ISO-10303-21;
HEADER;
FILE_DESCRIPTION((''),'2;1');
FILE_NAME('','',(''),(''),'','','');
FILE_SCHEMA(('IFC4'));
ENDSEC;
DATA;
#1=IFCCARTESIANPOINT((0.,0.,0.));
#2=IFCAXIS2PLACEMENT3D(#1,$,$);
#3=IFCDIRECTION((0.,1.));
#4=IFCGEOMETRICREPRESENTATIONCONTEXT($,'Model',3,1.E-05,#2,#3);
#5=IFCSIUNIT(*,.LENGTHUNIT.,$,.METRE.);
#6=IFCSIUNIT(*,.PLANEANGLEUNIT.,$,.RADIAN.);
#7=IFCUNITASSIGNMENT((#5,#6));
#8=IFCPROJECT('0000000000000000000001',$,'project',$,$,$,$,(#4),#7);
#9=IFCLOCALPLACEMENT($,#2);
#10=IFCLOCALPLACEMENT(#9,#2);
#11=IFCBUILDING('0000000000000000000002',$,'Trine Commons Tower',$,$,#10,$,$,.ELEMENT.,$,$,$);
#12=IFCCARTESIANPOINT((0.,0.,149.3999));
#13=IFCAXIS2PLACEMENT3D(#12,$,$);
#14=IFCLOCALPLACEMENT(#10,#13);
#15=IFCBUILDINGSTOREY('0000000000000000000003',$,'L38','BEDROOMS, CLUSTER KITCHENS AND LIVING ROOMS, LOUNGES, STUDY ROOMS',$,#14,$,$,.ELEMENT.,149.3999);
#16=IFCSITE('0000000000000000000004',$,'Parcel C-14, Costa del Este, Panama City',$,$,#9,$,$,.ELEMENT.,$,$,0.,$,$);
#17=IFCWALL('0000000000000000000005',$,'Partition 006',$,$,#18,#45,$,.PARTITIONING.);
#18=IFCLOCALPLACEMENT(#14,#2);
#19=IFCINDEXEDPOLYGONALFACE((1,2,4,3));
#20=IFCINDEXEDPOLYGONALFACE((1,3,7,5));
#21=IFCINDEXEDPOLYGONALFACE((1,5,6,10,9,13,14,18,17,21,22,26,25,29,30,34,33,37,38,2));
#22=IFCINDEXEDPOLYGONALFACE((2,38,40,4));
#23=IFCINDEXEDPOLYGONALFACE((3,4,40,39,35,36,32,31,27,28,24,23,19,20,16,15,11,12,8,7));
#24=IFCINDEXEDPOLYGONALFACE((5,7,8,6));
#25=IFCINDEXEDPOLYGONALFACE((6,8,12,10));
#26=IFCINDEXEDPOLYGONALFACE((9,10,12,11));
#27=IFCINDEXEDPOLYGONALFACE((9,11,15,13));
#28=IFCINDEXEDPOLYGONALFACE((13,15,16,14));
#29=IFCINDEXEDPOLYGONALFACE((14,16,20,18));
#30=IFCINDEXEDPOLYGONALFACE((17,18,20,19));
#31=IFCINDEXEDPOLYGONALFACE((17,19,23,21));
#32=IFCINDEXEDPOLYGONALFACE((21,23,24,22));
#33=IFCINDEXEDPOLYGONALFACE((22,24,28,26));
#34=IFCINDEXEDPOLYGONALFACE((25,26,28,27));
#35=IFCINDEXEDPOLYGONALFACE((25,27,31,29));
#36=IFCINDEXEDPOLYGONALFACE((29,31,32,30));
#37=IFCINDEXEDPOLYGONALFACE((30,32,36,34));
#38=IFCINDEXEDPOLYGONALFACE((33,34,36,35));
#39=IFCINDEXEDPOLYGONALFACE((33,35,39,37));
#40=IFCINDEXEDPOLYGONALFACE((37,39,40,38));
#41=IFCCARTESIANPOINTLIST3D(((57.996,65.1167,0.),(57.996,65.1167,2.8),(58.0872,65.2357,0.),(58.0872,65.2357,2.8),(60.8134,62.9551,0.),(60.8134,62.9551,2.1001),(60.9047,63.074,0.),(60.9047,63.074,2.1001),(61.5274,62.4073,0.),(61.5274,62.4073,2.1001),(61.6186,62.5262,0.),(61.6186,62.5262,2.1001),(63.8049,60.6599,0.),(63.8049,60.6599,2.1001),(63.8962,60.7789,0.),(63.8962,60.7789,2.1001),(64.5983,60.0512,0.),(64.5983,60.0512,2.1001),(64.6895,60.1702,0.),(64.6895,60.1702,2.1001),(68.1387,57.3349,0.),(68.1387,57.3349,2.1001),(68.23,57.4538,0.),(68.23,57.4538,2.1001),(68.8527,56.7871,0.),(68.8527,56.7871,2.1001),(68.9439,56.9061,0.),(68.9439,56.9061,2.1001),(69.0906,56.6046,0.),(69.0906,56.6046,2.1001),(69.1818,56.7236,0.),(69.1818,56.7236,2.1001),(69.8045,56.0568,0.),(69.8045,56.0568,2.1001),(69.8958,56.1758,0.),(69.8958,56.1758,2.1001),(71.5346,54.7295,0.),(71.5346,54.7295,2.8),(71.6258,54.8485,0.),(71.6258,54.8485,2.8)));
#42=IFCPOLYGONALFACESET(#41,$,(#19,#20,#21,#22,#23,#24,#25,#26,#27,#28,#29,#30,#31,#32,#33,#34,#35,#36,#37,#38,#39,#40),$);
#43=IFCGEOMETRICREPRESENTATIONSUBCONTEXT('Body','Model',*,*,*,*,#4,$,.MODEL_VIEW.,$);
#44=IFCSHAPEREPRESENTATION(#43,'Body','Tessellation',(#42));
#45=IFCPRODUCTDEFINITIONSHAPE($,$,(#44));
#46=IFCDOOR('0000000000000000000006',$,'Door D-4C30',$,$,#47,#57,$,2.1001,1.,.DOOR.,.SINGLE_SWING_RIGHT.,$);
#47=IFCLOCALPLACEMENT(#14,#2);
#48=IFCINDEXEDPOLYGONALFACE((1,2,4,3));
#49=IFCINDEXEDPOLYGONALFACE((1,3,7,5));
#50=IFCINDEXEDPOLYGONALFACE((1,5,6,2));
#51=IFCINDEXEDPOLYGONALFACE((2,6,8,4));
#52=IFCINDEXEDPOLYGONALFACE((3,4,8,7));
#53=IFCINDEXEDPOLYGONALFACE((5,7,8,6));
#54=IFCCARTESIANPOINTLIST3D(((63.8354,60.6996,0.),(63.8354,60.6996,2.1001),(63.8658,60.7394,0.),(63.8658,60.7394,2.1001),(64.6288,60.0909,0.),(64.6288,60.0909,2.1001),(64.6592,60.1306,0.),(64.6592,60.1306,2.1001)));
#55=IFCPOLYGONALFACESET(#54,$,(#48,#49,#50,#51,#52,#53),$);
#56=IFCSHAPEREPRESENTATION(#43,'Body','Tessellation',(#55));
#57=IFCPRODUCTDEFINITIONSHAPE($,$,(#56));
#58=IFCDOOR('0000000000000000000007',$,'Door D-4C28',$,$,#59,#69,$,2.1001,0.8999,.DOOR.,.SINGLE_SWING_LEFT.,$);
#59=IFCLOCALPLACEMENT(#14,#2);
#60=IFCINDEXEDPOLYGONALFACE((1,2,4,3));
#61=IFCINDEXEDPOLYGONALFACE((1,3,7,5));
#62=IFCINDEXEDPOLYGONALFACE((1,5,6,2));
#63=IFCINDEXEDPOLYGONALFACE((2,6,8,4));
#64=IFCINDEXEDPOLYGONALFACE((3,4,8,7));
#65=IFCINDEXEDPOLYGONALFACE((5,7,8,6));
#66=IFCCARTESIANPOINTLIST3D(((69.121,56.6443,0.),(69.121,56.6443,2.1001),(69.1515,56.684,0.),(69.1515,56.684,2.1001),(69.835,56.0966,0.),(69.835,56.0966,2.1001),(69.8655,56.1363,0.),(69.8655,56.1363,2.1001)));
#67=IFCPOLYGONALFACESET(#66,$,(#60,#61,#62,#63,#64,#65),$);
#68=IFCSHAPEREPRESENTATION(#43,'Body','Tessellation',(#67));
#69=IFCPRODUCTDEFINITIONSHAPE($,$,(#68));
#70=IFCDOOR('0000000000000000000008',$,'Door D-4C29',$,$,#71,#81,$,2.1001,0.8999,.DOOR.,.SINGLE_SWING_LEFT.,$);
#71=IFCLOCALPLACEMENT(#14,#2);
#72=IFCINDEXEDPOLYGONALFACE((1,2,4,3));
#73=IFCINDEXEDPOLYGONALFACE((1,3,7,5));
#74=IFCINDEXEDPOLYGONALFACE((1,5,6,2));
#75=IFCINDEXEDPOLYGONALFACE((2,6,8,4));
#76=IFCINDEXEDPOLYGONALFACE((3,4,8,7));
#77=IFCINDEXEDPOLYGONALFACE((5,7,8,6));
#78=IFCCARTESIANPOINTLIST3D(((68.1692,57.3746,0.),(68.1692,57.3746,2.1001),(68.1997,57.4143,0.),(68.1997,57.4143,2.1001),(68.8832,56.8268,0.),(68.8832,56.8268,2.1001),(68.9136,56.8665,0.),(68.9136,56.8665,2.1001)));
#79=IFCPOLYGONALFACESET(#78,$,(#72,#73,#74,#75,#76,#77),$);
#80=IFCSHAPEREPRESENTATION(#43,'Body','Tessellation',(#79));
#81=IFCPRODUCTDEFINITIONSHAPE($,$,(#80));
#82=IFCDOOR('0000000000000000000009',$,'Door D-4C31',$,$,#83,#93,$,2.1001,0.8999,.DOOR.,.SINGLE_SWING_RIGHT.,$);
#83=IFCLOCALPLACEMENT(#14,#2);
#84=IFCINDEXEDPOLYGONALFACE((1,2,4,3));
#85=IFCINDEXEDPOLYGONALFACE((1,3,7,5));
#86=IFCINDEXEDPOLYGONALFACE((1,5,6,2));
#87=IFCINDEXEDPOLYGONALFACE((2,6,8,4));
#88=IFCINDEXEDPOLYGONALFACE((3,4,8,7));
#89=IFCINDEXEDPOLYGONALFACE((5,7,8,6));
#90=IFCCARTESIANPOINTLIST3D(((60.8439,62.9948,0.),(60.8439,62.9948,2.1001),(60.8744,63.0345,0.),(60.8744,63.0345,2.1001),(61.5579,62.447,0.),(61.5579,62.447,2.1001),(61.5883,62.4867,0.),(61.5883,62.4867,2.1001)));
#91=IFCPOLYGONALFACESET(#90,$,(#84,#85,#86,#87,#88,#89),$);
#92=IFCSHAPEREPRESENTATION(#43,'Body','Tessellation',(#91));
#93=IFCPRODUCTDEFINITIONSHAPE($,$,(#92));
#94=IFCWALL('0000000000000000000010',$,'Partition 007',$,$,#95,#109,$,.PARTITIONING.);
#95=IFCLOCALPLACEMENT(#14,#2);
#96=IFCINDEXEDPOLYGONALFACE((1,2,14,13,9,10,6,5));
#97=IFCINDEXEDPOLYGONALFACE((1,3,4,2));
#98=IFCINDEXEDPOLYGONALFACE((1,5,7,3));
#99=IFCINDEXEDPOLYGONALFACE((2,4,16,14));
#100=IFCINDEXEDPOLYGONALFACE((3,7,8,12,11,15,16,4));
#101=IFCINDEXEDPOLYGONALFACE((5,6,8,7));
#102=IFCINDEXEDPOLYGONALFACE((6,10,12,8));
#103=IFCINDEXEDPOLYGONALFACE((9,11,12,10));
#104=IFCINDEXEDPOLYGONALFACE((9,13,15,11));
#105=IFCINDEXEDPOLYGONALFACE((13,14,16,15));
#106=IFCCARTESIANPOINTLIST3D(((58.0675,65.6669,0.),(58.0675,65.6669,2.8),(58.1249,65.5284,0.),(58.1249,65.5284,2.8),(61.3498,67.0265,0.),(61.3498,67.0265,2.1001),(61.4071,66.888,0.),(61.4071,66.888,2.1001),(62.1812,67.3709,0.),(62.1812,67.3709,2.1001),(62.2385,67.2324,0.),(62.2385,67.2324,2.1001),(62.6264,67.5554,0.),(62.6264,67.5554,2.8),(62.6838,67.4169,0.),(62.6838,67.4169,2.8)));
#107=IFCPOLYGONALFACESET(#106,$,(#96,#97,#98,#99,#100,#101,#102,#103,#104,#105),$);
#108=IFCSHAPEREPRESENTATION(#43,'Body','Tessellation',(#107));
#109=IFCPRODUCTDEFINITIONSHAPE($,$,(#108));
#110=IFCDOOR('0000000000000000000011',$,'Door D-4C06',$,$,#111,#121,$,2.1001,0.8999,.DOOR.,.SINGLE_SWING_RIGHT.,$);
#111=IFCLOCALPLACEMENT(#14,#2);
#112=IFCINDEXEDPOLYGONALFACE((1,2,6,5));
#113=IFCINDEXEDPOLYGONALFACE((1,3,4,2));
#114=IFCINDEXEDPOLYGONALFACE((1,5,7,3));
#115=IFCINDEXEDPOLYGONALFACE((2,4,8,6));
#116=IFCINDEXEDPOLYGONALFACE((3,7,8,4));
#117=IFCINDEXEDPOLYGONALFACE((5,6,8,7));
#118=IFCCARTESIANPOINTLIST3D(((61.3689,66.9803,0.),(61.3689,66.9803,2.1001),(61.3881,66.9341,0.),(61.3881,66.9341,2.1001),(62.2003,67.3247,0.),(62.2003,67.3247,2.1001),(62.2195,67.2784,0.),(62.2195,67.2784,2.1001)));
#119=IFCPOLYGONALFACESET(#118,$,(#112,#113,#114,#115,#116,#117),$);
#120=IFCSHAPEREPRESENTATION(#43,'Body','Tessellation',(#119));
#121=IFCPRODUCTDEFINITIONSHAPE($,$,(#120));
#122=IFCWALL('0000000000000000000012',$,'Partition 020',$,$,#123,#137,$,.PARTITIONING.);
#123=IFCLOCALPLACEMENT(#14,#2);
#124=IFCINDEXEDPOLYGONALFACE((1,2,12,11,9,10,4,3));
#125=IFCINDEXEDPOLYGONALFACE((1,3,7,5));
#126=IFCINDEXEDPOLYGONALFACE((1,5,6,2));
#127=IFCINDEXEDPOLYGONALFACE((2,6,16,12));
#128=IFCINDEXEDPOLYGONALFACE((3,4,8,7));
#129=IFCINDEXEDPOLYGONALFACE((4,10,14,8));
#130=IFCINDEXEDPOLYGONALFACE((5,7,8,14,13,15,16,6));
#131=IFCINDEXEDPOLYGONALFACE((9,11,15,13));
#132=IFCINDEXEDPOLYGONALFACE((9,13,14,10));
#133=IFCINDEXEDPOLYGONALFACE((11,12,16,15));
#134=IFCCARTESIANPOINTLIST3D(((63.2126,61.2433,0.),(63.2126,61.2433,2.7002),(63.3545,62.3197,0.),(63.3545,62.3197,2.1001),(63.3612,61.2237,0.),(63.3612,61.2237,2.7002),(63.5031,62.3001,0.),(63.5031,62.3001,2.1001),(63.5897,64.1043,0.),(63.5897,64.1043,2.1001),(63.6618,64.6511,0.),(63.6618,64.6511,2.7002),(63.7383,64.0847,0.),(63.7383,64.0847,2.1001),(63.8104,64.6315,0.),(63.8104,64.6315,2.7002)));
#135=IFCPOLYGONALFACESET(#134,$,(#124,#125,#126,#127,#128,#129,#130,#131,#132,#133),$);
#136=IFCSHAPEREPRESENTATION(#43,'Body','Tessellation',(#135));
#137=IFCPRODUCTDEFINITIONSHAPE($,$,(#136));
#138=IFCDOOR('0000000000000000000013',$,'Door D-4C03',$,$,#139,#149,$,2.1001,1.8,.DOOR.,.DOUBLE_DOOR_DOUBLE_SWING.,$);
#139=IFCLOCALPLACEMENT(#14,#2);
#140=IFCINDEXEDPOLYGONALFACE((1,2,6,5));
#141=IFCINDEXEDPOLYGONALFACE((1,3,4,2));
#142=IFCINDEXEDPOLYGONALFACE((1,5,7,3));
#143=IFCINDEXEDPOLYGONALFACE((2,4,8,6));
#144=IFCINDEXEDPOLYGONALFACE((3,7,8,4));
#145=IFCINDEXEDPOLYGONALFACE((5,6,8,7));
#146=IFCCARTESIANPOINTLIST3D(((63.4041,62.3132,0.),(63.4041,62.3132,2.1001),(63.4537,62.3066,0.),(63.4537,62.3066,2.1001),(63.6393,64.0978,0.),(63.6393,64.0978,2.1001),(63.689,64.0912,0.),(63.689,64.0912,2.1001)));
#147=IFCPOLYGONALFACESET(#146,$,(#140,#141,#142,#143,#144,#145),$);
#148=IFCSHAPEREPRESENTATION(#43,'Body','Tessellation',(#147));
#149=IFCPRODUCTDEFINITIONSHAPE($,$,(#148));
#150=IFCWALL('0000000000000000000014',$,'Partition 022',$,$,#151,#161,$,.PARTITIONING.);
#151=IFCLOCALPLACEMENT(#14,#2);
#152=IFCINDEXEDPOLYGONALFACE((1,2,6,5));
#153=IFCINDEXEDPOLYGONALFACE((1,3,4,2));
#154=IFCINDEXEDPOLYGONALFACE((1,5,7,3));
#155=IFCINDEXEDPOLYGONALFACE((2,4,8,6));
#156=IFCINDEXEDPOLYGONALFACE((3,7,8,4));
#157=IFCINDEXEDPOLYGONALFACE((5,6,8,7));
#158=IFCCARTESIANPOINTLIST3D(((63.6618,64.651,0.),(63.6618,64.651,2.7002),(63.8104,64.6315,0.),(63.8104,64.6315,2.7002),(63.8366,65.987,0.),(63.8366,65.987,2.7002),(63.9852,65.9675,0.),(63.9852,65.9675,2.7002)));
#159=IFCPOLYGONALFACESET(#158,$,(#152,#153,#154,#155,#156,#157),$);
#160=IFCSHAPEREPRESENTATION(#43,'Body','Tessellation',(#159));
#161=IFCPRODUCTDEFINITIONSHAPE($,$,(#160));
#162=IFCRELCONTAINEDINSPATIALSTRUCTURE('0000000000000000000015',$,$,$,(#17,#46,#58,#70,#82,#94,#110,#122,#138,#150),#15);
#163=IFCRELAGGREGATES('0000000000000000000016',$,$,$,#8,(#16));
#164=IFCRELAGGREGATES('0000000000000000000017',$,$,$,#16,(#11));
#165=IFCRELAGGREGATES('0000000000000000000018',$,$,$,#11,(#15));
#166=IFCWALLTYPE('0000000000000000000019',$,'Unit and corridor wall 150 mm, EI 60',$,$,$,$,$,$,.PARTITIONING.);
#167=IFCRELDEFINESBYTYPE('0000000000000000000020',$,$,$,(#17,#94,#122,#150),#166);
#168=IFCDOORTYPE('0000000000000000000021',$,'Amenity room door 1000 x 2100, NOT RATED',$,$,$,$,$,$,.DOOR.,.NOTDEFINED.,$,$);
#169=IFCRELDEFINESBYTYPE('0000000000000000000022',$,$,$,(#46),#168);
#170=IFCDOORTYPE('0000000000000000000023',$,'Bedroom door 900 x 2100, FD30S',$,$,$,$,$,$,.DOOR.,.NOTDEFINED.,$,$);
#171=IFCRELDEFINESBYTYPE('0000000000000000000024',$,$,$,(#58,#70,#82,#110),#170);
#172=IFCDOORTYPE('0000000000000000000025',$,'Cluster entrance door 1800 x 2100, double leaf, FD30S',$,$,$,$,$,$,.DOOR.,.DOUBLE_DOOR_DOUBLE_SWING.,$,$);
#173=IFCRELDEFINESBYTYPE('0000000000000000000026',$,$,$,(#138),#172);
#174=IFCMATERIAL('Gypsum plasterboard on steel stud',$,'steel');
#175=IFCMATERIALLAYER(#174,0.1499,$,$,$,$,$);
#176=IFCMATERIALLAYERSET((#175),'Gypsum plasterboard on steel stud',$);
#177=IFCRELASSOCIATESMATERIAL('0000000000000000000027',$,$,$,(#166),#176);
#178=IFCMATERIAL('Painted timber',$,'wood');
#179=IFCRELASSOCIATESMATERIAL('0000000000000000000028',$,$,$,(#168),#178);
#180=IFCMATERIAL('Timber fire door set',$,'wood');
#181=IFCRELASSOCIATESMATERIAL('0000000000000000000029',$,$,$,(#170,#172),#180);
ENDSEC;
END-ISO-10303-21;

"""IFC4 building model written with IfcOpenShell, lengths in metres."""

from ifc_helpers import new_model, si_unit, direction, frame, frame_2d, origin, place, context, subcontext, project, spatial, rectangle, extrude, material, layer, layer_set, type_object, element, fill, save


model = new_model("IFC4")

# Units and contexts
model_context = context("Model", 3, precision=1e-05, world=origin(), true_north=direction((0.0, 1.0)))
body_context = subcontext(model_context, "Body", "Model", "MODEL_VIEW")
ifc_project = project(units=[si_unit("LENGTHUNIT", "METRE"), si_unit("PLANEANGLEUNIT", "RADIAN")], contexts=[model_context])

# Site, building, storey
site_placement = place(None, origin())
site = spatial("IfcSite", under=ifc_project, at=site_placement, Name="Parcel C-14, Costa del Este, Panama City", CompositionType="ELEMENT", RefElevation=0.0)
building_placement = place(site_placement, origin())
building = spatial("IfcBuilding", under=site, at=building_placement, Name="Trine Commons Tower", CompositionType="ELEMENT")
storey_placement = place(building_placement, frame((0.0, 0.0, 149.3999)))
storey = spatial("IfcBuildingStorey", under=building, at=storey_placement, Name="L38", Description="BEDROOMS, CLUSTER KITCHENS AND LIVING ROOMS, LOUNGES, STUDY ROOMS", CompositionType="ELEMENT", Elevation=149.3999)

# Wall, openings, doors
ifc_material_1 = material(Name="Gypsum plasterboard on steel stud", Category="steel")
ifc_layer_1 = layer(ifc_material_1, 0.1499)
ifc_layer_set_1 = layer_set([ifc_layer_1], Name="Gypsum plasterboard on steel stud")
wall_type_1 = type_object("IfcWallType", Name="Unit and corridor wall 150 mm, EI 60", PredefinedType="PARTITIONING", material=ifc_layer_set_1)
wall_1_placement = place(storey_placement, frame((58.0415, 65.1763, 0.0), z_axis=(0.0, 0.0, 1.0), x_axis=(0.79339, -0.608713, 0.0)))
wall_1 = element("IfcWall", 1, at=wall_1_placement, inside=storey, type_object=wall_type_1, Name="Partition 006", PredefinedType="PARTITIONING", context=body_context, shape_type="SweptSolid", body=[
    extrude(rectangle(XDim=17.0642, YDim=0.1499, at=frame_2d((8.5322, 0.0))), origin(), (0.0, 0.0, 1.0), 2.8),
])
opening_1_placement = place(wall_1_placement, frame((13.9839, 0.0, 0.0)))
opening_1 = element("IfcOpeningElement", 2, at=opening_1_placement, cuts=wall_1, PredefinedType="OPENING", context=body_context, shape_type="SweptSolid", body=[
    extrude(rectangle(XDim=0.8999, YDim=2.1001, at=frame_2d((0.45, 1.05))), frame((0.0, 0.085, 0.0), z_axis=(0.0, -1.0, 0.0), x_axis=(1.0, 0.0, 0.0)), (0.0, 0.0, 1.0), 0.1699),
])
opening_2_placement = place(wall_1_placement, frame((12.7842, 0.0, 0.0)))
opening_2 = element("IfcOpeningElement", 3, at=opening_2_placement, cuts=wall_1, PredefinedType="OPENING", context=body_context, shape_type="SweptSolid", body=[
    extrude(rectangle(XDim=0.8999, YDim=2.1001, at=frame_2d((0.45, 1.05))), frame((0.0, 0.085, 0.0), z_axis=(0.0, -1.0, 0.0), x_axis=(1.0, 0.0, 0.0)), (0.0, 0.0, 1.0), 0.1699),
])
opening_3_placement = place(wall_1_placement, frame((7.3218, 0.0, 0.0)))
opening_3 = element("IfcOpeningElement", 4, at=opening_3_placement, cuts=wall_1, PredefinedType="OPENING", context=body_context, shape_type="SweptSolid", body=[
    extrude(rectangle(XDim=1.0, YDim=2.1001, at=frame_2d((0.5, 1.05))), frame((0.0, 0.085, 0.0), z_axis=(0.0, -1.0, 0.0), x_axis=(1.0, 0.0, 0.0)), (0.0, 0.0, 1.0), 0.1699),
])
opening_4_placement = place(wall_1_placement, frame((3.5513, 0.0, 0.0)))
opening_4 = element("IfcOpeningElement", 5, at=opening_4_placement, cuts=wall_1, PredefinedType="OPENING", context=body_context, shape_type="SweptSolid", body=[
    extrude(rectangle(XDim=0.8999, YDim=2.1001, at=frame_2d((0.45, 1.05))), frame((0.0, 0.085, 0.0), z_axis=(0.0, -1.0, 0.0), x_axis=(1.0, 0.0, 0.0)), (0.0, 0.0, 1.0), 0.1699),
])
ifc_material_2 = material(Name="Painted timber", Category="wood")
door_type_1 = type_object("IfcDoorType", Name="Amenity room door 1000 x 2100, NOT RATED", OperationType="NOTDEFINED", PredefinedType="DOOR", material=ifc_material_2)
door_1_placement = place(opening_3_placement, frame((1.0, 0.0, 0.0), z_axis=(0.0, 0.0, 1.0), x_axis=(-1.0, 0.0, 0.0)))
door_1 = element("IfcDoor", 6, at=door_1_placement, inside=storey, type_object=door_type_1, Name="Door D-4C30", OperationType="SINGLE_SWING_RIGHT", OverallHeight=2.1001, OverallWidth=1.0, PredefinedType="DOOR", context=body_context, shape_type="SweptSolid", body=[
    extrude(rectangle(XDim=1.0, YDim=2.1001, at=frame_2d((0.5, 1.05))), frame((0.0, 0.0249, 0.0), z_axis=(0.0, -1.0, 0.0), x_axis=(1.0, 0.0, 0.0)), (0.0, 0.0, 1.0), 0.05),
])
fill(opening_3, door_1)
ifc_material_3 = material(Name="Timber fire door set", Category="wood")
door_type_2 = type_object("IfcDoorType", Name="Bedroom door 900 x 2100, FD30S", OperationType="NOTDEFINED", PredefinedType="DOOR", material=ifc_material_3)
door_2_placement = place(opening_1_placement, frame((0.8999, 0.0, 0.0), z_axis=(0.0, 0.0, 1.0), x_axis=(-1.0, 0.0, 0.0)))
door_2 = element("IfcDoor", 7, at=door_2_placement, inside=storey, type_object=door_type_2, Name="Door D-4C28", OperationType="SINGLE_SWING_LEFT", OverallHeight=2.1001, OverallWidth=0.8999, PredefinedType="DOOR", context=body_context, shape_type="SweptSolid", body=[
    extrude(rectangle(XDim=0.8999, YDim=2.1001, at=frame_2d((0.45, 1.05))), frame((0.0, 0.0249, 0.0), z_axis=(0.0, -1.0, 0.0), x_axis=(1.0, 0.0, 0.0)), (0.0, 0.0, 1.0), 0.05),
])
fill(opening_1, door_2)
door_3_placement = place(opening_2_placement, frame((0.8999, 0.0, 0.0), z_axis=(0.0, 0.0, 1.0), x_axis=(-1.0, 0.0, 0.0)))
door_3 = element("IfcDoor", 8, at=door_3_placement, inside=storey, type_object=door_type_2, Name="Door D-4C29", OperationType="SINGLE_SWING_LEFT", OverallHeight=2.1001, OverallWidth=0.8999, PredefinedType="DOOR", context=body_context, shape_type="SweptSolid", body=[
    extrude(rectangle(XDim=0.8999, YDim=2.1001, at=frame_2d((0.45, 1.05))), frame((0.0, 0.0249, 0.0), z_axis=(0.0, -1.0, 0.0), x_axis=(1.0, 0.0, 0.0)), (0.0, 0.0, 1.0), 0.05),
])
fill(opening_2, door_3)
door_4_placement = place(opening_4_placement, frame((0.8999, 0.0, 0.0), z_axis=(0.0, 0.0, 1.0), x_axis=(-1.0, 0.0, 0.0)))
door_4 = element("IfcDoor", 9, at=door_4_placement, inside=storey, type_object=door_type_2, Name="Door D-4C31", OperationType="SINGLE_SWING_RIGHT", OverallHeight=2.1001, OverallWidth=0.8999, PredefinedType="DOOR", context=body_context, shape_type="SweptSolid", body=[
    extrude(rectangle(XDim=0.8999, YDim=2.1001, at=frame_2d((0.45, 1.05))), frame((0.0, 0.0249, 0.0), z_axis=(0.0, -1.0, 0.0), x_axis=(1.0, 0.0, 0.0)), (0.0, 0.0, 1.0), 0.05),
])
fill(opening_4, door_4)

# Walls, openings, doors
wall_2_placement = place(storey_placement, frame((58.0962, 65.5977, 0.0), z_axis=(0.0, 0.0, 1.0), x_axis=(0.923873, 0.3827, 0.0)))
wall_2 = element("IfcWall", 10, at=wall_2_placement, inside=storey, type_object=wall_type_1, Name="Partition 007", PredefinedType="PARTITIONING", context=body_context, shape_type="SweptSolid", body=[
    extrude(rectangle(XDim=4.9346, YDim=0.1499, at=frame_2d((2.4673, 0.0))), origin(), (0.0, 0.0, 1.0), 2.8),
])
opening_5_placement = place(wall_2_placement, frame((3.5527, 0.0, 0.0)))
opening_5 = element("IfcOpeningElement", 11, at=opening_5_placement, cuts=wall_2, PredefinedType="OPENING", context=body_context, shape_type="SweptSolid", body=[
    extrude(rectangle(XDim=0.8999, YDim=2.1001, at=frame_2d((0.45, 1.05))), frame((0.0, 0.085, 0.0), z_axis=(0.0, -1.0, 0.0), x_axis=(1.0, 0.0, 0.0)), (0.0, 0.0, 1.0), 0.1699),
])
door_5_placement = place(opening_5_placement, origin())
door_5 = element("IfcDoor", 12, at=door_5_placement, inside=storey, type_object=door_type_2, Name="Door D-4C06", OperationType="SINGLE_SWING_RIGHT", OverallHeight=2.1001, OverallWidth=0.8999, PredefinedType="DOOR", context=body_context, shape_type="SweptSolid", body=[
    extrude(rectangle(XDim=0.8999, YDim=2.1001, at=frame_2d((0.45, 1.05))), frame((0.0, 0.0249, 0.0), z_axis=(0.0, -1.0, 0.0), x_axis=(1.0, 0.0, 0.0)), (0.0, 0.0, 1.0), 0.05),
])
fill(opening_5, door_5)
wall_3_placement = place(storey_placement, frame((63.2869, 61.2334, 0.0), z_axis=(0.0, 0.0, 1.0), x_axis=(0.130693, 0.991423, 0.0)))
wall_3 = element("IfcWall", 13, at=wall_3_placement, inside=storey, type_object=wall_type_1, Name="Partition 020", PredefinedType="PARTITIONING", context=body_context, shape_type="SweptSolid", body=[
    extrude(rectangle(XDim=3.4373, YDim=0.1499, at=frame_2d((1.7188, 0.0))), origin(), (0.0, 0.0, 1.0), 2.7002),
])
opening_6_placement = place(wall_3_placement, frame((1.0859, 0.0, 0.0)))
opening_6 = element("IfcOpeningElement", 14, at=opening_6_placement, cuts=wall_3, PredefinedType="OPENING", context=body_context, shape_type="SweptSolid", body=[
    extrude(rectangle(XDim=1.8, YDim=2.1001, at=frame_2d((0.8999, 1.05))), frame((0.0, 0.085, 0.0), z_axis=(0.0, -1.0, 0.0), x_axis=(1.0, 0.0, 0.0)), (0.0, 0.0, 1.0), 0.1699),
])
door_type_3 = type_object("IfcDoorType", Name="Cluster entrance door 1800 x 2100, double leaf, FD30S", OperationType="DOUBLE_DOOR_DOUBLE_SWING", PredefinedType="DOOR", material=ifc_material_3)
door_6_placement = place(opening_6_placement, origin())
door_6 = element("IfcDoor", 15, at=door_6_placement, inside=storey, type_object=door_type_3, Name="Door D-4C03", OperationType="DOUBLE_DOOR_DOUBLE_SWING", OverallHeight=2.1001, OverallWidth=1.8, PredefinedType="DOOR", context=body_context, shape_type="SweptSolid", body=[
    extrude(rectangle(XDim=1.8, YDim=2.1001, at=frame_2d((0.8999, 1.05))), frame((0.0, 0.0249, 0.0), z_axis=(0.0, -1.0, 0.0), x_axis=(1.0, 0.0, 0.0)), (0.0, 0.0, 1.0), 0.05),
])
fill(opening_6, door_6)

# Wall
wall_4_placement = place(storey_placement, frame((63.7361, 64.6411, 0.0), z_axis=(0.0, 0.0, 1.0), x_axis=(0.129742, 0.991548, 0.0)))
element("IfcWall", 16, at=wall_4_placement, inside=storey, type_object=wall_type_1, Name="Partition 022", PredefinedType="PARTITIONING", context=body_context, shape_type="SweptSolid", body=[
    extrude(rectangle(XDim=1.3474, YDim=0.1499, at=frame_2d((0.6738, 0.0))), origin(), (0.0, 0.0, 1.0), 2.7002),
])

save(model, "model.ifc")
